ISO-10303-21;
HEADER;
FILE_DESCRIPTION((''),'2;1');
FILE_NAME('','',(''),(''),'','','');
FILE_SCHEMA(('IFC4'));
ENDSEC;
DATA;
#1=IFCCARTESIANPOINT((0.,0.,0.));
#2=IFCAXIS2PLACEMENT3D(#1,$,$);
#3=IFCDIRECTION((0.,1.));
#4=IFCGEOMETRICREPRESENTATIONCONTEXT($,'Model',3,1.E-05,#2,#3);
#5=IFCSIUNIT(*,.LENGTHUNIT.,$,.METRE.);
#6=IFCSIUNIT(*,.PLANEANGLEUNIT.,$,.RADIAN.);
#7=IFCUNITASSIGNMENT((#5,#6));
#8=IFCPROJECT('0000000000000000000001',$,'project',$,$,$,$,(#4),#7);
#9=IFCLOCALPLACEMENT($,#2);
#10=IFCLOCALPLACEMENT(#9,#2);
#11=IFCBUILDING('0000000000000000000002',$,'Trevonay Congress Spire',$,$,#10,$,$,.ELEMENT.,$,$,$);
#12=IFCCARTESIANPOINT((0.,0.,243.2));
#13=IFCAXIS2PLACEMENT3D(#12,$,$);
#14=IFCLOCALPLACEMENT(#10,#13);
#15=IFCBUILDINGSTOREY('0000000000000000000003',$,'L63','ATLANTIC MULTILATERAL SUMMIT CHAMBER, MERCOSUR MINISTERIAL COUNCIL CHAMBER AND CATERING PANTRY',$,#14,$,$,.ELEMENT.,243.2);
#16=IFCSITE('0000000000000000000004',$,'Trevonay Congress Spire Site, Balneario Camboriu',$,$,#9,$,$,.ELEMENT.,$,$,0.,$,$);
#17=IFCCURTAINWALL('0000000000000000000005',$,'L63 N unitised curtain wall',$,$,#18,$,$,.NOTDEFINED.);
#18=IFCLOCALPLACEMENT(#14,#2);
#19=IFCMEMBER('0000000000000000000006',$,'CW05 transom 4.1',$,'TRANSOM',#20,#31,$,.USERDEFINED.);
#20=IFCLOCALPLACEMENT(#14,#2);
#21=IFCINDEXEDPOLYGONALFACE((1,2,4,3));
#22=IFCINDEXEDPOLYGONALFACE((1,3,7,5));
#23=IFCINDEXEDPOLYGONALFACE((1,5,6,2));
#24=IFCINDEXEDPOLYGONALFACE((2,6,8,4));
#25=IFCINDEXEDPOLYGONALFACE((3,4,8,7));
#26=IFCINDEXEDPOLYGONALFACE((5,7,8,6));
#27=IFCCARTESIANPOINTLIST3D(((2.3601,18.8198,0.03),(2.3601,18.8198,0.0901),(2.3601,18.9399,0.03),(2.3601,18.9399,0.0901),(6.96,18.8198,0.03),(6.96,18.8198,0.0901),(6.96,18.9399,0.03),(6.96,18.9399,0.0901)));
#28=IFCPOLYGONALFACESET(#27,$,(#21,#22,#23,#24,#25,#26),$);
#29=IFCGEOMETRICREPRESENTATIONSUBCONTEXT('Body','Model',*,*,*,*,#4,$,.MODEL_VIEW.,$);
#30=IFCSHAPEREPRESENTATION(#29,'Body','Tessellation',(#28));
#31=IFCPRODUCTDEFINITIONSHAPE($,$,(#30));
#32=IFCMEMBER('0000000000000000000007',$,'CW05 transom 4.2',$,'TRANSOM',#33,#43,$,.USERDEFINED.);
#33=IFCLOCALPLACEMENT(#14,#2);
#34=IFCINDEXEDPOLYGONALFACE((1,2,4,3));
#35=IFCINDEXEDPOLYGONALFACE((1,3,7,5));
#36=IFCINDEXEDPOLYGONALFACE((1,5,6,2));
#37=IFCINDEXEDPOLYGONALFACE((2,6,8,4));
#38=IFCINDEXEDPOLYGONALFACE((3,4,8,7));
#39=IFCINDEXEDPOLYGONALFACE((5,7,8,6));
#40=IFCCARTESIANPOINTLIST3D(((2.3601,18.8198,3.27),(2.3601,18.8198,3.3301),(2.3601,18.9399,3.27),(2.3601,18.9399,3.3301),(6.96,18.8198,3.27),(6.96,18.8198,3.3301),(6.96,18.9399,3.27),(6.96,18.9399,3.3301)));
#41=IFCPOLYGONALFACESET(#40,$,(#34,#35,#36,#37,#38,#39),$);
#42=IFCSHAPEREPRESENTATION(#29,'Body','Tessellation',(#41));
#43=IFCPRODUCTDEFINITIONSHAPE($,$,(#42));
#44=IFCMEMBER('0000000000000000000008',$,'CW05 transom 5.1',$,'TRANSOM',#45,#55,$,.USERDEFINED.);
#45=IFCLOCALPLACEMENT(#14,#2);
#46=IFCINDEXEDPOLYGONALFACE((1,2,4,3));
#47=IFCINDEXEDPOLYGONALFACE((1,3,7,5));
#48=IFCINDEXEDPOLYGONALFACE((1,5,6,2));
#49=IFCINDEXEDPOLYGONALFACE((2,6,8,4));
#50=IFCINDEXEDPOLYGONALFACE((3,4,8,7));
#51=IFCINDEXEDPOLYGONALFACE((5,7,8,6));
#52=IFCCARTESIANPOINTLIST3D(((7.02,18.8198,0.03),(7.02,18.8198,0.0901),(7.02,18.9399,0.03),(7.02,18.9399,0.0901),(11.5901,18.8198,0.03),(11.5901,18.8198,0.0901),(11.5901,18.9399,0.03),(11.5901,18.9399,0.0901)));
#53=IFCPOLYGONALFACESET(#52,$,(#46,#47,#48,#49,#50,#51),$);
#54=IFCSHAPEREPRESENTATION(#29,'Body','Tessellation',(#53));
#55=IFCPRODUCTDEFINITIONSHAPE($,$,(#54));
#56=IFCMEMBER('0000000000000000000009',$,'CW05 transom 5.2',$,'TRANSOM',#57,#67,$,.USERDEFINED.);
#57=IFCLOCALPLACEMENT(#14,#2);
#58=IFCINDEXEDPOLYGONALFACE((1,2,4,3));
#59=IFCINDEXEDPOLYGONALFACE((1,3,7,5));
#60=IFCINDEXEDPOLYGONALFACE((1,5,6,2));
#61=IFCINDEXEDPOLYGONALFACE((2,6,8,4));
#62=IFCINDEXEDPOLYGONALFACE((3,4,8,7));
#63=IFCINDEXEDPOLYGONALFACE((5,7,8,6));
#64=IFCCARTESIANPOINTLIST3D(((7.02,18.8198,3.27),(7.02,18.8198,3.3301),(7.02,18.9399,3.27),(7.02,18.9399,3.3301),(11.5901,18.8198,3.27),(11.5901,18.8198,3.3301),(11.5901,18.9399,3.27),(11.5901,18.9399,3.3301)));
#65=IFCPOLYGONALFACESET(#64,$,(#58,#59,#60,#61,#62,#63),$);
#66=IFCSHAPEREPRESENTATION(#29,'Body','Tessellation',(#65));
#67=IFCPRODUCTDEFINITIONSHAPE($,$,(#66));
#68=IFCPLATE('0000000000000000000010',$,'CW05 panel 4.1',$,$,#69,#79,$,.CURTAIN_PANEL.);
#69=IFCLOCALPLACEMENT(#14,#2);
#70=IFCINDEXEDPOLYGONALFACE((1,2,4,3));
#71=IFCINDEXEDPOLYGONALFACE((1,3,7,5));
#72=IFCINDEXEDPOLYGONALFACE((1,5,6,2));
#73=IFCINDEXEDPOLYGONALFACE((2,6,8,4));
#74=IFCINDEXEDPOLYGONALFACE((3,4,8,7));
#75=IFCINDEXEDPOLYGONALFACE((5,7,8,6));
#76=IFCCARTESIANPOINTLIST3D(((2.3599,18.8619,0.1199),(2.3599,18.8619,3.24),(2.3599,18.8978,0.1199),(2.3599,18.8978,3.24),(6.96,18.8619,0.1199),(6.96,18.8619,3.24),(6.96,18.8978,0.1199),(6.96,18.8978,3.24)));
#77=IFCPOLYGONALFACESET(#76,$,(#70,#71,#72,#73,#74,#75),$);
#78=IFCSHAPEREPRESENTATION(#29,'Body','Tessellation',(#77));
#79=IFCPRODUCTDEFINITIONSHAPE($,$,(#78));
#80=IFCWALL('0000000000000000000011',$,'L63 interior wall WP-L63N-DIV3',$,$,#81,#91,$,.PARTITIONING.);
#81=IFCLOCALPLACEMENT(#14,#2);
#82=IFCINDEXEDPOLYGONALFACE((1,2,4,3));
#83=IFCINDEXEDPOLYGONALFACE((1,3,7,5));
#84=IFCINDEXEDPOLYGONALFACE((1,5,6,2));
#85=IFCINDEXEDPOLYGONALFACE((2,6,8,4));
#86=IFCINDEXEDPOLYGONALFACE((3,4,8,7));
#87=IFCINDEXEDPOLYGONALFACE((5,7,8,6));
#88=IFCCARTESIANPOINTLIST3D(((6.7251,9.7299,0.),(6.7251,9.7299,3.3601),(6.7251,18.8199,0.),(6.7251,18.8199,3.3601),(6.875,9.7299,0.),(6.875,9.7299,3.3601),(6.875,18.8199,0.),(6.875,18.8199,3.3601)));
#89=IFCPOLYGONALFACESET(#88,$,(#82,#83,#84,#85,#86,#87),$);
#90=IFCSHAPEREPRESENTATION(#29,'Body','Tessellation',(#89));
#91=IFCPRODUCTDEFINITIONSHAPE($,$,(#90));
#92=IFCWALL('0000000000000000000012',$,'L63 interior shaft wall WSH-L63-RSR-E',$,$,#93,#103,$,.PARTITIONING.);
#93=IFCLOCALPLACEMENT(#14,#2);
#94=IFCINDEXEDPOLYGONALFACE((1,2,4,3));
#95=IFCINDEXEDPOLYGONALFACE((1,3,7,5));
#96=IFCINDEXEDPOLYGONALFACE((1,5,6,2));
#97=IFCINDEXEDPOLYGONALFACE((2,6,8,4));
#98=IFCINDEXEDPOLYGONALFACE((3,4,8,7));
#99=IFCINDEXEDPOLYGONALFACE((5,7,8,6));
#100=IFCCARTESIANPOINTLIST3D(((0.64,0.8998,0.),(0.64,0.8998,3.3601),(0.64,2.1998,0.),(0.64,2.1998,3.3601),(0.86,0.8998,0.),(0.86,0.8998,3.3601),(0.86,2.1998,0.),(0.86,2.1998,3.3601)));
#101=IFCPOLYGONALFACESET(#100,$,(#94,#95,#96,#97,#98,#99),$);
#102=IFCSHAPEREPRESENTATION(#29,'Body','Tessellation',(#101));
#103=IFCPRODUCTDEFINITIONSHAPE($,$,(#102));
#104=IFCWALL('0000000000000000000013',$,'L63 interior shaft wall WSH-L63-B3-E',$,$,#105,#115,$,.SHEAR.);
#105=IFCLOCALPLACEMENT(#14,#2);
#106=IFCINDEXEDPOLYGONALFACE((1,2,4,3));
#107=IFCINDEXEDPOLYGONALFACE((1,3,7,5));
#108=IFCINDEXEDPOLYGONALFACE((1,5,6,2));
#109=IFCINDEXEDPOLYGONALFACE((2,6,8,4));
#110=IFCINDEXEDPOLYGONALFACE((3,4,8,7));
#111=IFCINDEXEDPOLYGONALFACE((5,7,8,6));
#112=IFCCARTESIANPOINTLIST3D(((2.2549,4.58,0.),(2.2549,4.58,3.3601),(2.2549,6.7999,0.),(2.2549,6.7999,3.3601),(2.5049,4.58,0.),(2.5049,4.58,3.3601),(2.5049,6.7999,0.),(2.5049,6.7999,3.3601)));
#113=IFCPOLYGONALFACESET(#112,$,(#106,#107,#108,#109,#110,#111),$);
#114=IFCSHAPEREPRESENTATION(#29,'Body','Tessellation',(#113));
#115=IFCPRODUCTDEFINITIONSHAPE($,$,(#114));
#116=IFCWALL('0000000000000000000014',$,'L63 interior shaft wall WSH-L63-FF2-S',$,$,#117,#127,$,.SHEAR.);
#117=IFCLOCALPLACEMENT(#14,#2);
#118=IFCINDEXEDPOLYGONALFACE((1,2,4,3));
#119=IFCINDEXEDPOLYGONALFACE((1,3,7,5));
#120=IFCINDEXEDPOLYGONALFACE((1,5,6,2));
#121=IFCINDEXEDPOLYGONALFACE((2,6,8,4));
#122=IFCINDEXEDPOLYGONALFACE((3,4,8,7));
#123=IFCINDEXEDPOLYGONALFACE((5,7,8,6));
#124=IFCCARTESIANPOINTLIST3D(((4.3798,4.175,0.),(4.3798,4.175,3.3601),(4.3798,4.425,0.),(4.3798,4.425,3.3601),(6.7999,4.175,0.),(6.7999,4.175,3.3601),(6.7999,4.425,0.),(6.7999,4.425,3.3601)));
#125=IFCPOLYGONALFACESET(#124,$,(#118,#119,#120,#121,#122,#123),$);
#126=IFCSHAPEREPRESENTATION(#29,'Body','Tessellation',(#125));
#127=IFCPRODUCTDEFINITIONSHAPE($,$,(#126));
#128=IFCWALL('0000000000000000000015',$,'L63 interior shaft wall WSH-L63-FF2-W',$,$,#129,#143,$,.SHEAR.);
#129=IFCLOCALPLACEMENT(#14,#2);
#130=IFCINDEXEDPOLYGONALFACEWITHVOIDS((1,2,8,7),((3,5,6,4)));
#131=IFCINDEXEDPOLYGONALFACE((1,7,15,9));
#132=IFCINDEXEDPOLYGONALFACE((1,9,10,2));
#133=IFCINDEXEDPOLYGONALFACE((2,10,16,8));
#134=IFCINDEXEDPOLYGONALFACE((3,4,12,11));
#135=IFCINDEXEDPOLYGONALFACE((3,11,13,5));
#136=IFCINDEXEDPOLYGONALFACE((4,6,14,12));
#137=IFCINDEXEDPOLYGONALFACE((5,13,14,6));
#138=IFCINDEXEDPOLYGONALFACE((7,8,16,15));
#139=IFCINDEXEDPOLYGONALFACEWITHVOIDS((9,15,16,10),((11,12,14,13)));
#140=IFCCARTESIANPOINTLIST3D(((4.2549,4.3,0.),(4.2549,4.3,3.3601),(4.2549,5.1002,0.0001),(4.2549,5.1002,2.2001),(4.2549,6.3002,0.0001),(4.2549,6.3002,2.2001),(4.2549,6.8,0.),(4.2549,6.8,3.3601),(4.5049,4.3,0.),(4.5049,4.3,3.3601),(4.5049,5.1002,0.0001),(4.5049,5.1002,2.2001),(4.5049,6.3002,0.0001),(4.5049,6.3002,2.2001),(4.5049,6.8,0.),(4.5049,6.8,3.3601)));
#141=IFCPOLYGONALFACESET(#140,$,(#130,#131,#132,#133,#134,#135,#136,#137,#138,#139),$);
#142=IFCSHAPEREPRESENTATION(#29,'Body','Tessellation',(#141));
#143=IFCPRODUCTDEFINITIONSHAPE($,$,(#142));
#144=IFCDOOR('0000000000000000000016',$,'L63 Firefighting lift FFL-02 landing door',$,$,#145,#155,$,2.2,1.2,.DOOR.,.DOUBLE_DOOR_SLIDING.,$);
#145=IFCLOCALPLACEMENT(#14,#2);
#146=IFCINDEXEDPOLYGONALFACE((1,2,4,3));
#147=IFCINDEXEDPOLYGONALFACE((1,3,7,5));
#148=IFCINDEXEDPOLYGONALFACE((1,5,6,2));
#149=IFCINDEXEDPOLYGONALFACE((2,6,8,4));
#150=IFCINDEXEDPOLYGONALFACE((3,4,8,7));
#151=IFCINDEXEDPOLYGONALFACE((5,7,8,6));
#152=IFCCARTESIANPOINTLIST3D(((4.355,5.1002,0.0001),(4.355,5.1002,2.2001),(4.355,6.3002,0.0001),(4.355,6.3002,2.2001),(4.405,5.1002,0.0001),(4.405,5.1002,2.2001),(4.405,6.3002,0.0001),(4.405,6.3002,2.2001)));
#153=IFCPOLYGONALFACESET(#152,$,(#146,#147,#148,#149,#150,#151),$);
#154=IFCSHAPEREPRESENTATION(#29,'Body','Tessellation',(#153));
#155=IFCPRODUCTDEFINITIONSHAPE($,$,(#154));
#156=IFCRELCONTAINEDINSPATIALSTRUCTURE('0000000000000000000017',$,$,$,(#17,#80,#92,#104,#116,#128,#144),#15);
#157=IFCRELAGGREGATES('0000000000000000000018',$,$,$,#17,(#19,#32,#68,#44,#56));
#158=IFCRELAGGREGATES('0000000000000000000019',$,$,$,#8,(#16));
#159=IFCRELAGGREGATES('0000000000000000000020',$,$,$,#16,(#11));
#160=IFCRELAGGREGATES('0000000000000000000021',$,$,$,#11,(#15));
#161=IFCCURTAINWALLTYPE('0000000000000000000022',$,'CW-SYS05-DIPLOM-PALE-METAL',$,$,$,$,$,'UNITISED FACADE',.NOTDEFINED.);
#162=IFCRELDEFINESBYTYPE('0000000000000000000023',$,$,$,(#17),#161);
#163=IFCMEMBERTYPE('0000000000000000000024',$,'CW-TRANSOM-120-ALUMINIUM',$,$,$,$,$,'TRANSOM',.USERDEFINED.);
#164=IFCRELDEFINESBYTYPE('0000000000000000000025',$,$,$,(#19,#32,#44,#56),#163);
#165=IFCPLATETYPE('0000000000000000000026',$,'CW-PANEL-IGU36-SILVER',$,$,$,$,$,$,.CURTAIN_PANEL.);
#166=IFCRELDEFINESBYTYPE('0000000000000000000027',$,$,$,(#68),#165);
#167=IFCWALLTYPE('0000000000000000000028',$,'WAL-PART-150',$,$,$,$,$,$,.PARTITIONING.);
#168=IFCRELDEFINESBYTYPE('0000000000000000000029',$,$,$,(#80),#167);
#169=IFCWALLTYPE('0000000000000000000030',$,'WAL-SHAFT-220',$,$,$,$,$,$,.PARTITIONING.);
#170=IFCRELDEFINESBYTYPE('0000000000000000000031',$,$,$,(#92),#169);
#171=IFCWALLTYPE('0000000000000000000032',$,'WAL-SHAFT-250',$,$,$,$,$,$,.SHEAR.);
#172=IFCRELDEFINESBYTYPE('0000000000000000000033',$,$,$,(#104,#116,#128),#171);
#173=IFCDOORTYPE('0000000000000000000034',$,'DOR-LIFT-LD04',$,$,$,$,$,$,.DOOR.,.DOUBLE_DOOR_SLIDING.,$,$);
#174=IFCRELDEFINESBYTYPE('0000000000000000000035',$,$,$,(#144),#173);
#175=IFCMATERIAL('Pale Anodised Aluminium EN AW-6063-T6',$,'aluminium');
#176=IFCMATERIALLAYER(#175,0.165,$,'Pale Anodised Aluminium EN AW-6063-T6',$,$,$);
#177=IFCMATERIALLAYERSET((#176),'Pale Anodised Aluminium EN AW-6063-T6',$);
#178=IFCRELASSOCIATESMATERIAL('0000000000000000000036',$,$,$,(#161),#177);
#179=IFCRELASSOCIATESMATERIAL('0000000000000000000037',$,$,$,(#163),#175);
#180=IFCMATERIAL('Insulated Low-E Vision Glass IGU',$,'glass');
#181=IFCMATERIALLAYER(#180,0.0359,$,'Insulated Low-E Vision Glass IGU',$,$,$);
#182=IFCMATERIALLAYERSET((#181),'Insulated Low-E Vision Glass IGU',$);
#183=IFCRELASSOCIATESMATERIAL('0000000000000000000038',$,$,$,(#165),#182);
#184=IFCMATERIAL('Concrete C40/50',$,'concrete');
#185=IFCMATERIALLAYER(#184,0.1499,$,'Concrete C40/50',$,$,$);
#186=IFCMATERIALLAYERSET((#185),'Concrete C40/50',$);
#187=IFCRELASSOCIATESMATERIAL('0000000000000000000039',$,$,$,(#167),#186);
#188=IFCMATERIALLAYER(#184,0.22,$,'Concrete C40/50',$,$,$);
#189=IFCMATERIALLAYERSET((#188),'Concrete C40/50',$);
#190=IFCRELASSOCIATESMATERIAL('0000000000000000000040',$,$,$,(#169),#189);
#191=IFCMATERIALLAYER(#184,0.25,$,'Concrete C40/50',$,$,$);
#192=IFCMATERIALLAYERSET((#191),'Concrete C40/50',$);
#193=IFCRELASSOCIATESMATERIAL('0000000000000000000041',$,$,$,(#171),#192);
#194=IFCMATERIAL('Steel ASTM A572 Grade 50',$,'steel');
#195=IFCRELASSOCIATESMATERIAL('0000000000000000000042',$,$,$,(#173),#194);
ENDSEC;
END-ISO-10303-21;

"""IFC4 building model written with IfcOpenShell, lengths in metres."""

from ifc_helpers import new_model, si_unit, direction, frame, frame_2d, origin, origin_2d, place, context, subcontext, project, spatial, rectangle, extrude, material, layer, layer_set, material_profile, profile_set, type_object, element, fill, aggregate, save


model = new_model("IFC4")

# Units and contexts
model_context = context("Model", 3, precision=1e-05, world=origin(), true_north=direction((0.0, 1.0)))
body_context = subcontext(model_context, "Body", "Model", "MODEL_VIEW")
ifc_project = project(units=[si_unit("LENGTHUNIT", "METRE"), si_unit("PLANEANGLEUNIT", "RADIAN")], contexts=[model_context])

# Site, building, storey
site_placement = place(None, origin())
site = spatial("IfcSite", under=ifc_project, at=site_placement, Name="Trevonay Congress Spire Site, Balneario Camboriu", CompositionType="ELEMENT", RefElevation=0.0)
building_placement = place(site_placement, origin())
building = spatial("IfcBuilding", under=site, at=building_placement, Name="Trevonay Congress Spire", CompositionType="ELEMENT")
storey_placement = place(building_placement, frame((0.0, 0.0, 243.2)))
storey = spatial("IfcBuildingStorey", under=building, at=storey_placement, Name="L63", Description="ATLANTIC MULTILATERAL SUMMIT CHAMBER, MERCOSUR MINISTERIAL COUNCIL CHAMBER AND CATERING PANTRY", CompositionType="ELEMENT", Elevation=243.2)

# Shared definitions
ifc_material_1 = material(Name="Steel ASTM A572 Grade 50", Category="steel")

# Curtain wall, members, plate
ifc_material_2 = material(Name="Pale Anodised Aluminium EN AW-6063-T6", Category="aluminium")
ifc_layer_1 = layer(ifc_material_2, 0.165, Name="Pale Anodised Aluminium EN AW-6063-T6")
ifc_layer_set_1 = layer_set([ifc_layer_1], Name="Pale Anodised Aluminium EN AW-6063-T6")
curtain_wall_type = type_object("IfcCurtainWallType", Name="CW-SYS05-DIPLOM-PALE-METAL", ElementType="UNITISED FACADE", PredefinedType="NOTDEFINED", material=ifc_layer_set_1)
curtain_wall_placement = place(storey_placement, origin())
curtain_wall = element("IfcCurtainWall", 1, at=curtain_wall_placement, inside=storey, type_object=curtain_wall_type, Name="L63 N unitised curtain wall", PredefinedType="NOTDEFINED")
ifc_material_profile_1 = material_profile(ifc_material_2, rectangle(XDim=0.1201, YDim=0.0601, at=origin_2d()), Name="CW-TRANSOM-120-ALUMINIUM")
ifc_profile_set_1 = profile_set([ifc_material_profile_1], Name="Pale Anodised Aluminium EN AW-6063-T6")
member_type_1 = type_object("IfcMemberType", Name="CW-TRANSOM-120-ALUMINIUM", ElementType="TRANSOM", PredefinedType="USERDEFINED", material=ifc_profile_set_1)
member_1_placement = place(storey_placement, frame((2.3601, 18.8799, 0.0601), z_axis=(1.0, 0.0, 0.0), x_axis=(0.0, 1.0, 0.0)))
member_1 = element("IfcMember", 2, at=member_1_placement, type_object=member_type_1, Name="CW05 transom 4.1", ObjectType="TRANSOM", PredefinedType="USERDEFINED", context=body_context, shape_type="SweptSolid", body=[
    extrude(rectangle(XDim=0.1201, YDim=0.0601, at=origin_2d()), origin(), (0.0, 0.0, 1.0), 4.5999),
])
member_2_placement = place(storey_placement, frame((2.3601, 18.8799, 3.3), z_axis=(1.0, 0.0, 0.0), x_axis=(0.0, 1.0, 0.0)))
member_2 = element("IfcMember", 3, at=member_2_placement, type_object=member_type_1, Name="CW05 transom 4.2", ObjectType="TRANSOM", PredefinedType="USERDEFINED", context=body_context, shape_type="SweptSolid", body=[
    extrude(rectangle(XDim=0.1201, YDim=0.0601, at=origin_2d()), origin(), (0.0, 0.0, 1.0), 4.5999),
])
member_3_placement = place(storey_placement, frame((7.02, 18.8799, 0.0601), z_axis=(1.0, 0.0, 0.0), x_axis=(0.0, 1.0, 0.0)))
member_3 = element("IfcMember", 4, at=member_3_placement, type_object=member_type_1, Name="CW05 transom 5.1", ObjectType="TRANSOM", PredefinedType="USERDEFINED", context=body_context, shape_type="SweptSolid", body=[
    extrude(rectangle(XDim=0.1201, YDim=0.0601, at=origin_2d()), origin(), (0.0, 0.0, 1.0), 4.5701),
])
member_4_placement = place(storey_placement, frame((7.02, 18.8799, 3.3), z_axis=(1.0, 0.0, 0.0), x_axis=(0.0, 1.0, 0.0)))
member_4 = element("IfcMember", 5, at=member_4_placement, type_object=member_type_1, Name="CW05 transom 5.2", ObjectType="TRANSOM", PredefinedType="USERDEFINED", context=body_context, shape_type="SweptSolid", body=[
    extrude(rectangle(XDim=0.1201, YDim=0.0601, at=origin_2d()), origin(), (0.0, 0.0, 1.0), 4.5701),
])
ifc_material_3 = material(Name="Insulated Low-E Vision Glass IGU", Category="glass")
ifc_layer_2 = layer(ifc_material_3, 0.0359, Name="Insulated Low-E Vision Glass IGU")
ifc_layer_set_2 = layer_set([ifc_layer_2], Name="Insulated Low-E Vision Glass IGU")
plate_type = type_object("IfcPlateType", Name="CW-PANEL-IGU36-SILVER", PredefinedType="CURTAIN_PANEL", material=ifc_layer_set_2)
plate_placement = place(storey_placement, frame((4.6599, 18.8799, 0.1199), z_axis=(0.0, 0.0, 1.0), x_axis=(1.0, 0.0, 0.0)))
plate = element("IfcPlate", 6, at=plate_placement, type_object=plate_type, Name="CW05 panel 4.1", PredefinedType="CURTAIN_PANEL", context=body_context, shape_type="SweptSolid", body=[
    extrude(rectangle(XDim=4.6001, YDim=0.0359, at=origin_2d()), origin(), (0.0, 0.0, 1.0), 3.1201),
])
aggregate(curtain_wall, [member_1, member_2, plate, member_3, member_4])

# Walls
ifc_material_4 = material(Name="Concrete C40/50", Category="concrete")
ifc_layer_3 = layer(ifc_material_4, 0.1499, Name="Concrete C40/50")
ifc_layer_set_3 = layer_set([ifc_layer_3], Name="Concrete C40/50")
wall_type_1 = type_object("IfcWallType", Name="WAL-PART-150", PredefinedType="PARTITIONING", material=ifc_layer_set_3)
wall_1_placement = place(storey_placement, frame((6.8, 9.73, 0.0), z_axis=(0.0, 0.0, 1.0), x_axis=(0.0, 1.0, 0.0)))
element("IfcWall", 7, at=wall_1_placement, inside=storey, type_object=wall_type_1, Name="L63 interior wall WP-L63N-DIV3", PredefinedType="PARTITIONING", context=body_context, shape_type="SweptSolid", body=[
    extrude(rectangle(XDim=9.0901, YDim=0.1499, at=frame_2d((4.5449, 0.0))), origin(), (0.0, 0.0, 1.0), 3.3601),
])
ifc_layer_4 = layer(ifc_material_4, 0.22, Name="Concrete C40/50")
ifc_layer_set_4 = layer_set([ifc_layer_4], Name="Concrete C40/50")
wall_type_2 = type_object("IfcWallType", Name="WAL-SHAFT-220", PredefinedType="PARTITIONING", material=ifc_layer_set_4)
wall_2_placement = place(storey_placement, frame((0.75, 0.8999, 0.0), z_axis=(0.0, 0.0, 1.0), x_axis=(0.0, 1.0, 0.0)))
element("IfcWall", 8, at=wall_2_placement, inside=storey, type_object=wall_type_2, Name="L63 interior shaft wall WSH-L63-RSR-E", PredefinedType="PARTITIONING", context=body_context, shape_type="SweptSolid", body=[
    extrude(rectangle(XDim=1.3, YDim=0.22, at=frame_2d((0.6499, 0.0))), origin(), (0.0, 0.0, 1.0), 3.3601),
])
ifc_layer_5 = layer(ifc_material_4, 0.25, Name="Concrete C40/50")
ifc_layer_set_5 = layer_set([ifc_layer_5], Name="Concrete C40/50")
wall_type_3 = type_object("IfcWallType", Name="WAL-SHAFT-250", PredefinedType="SHEAR", material=ifc_layer_set_5)
wall_3_placement = place(storey_placement, frame((2.3799, 4.5801, 0.0), z_axis=(0.0, 0.0, 1.0), x_axis=(0.0, 1.0, 0.0)))
element("IfcWall", 9, at=wall_3_placement, inside=storey, type_object=wall_type_3, Name="L63 interior shaft wall WSH-L63-B3-E", PredefinedType="SHEAR", context=body_context, shape_type="SweptSolid", body=[
    extrude(rectangle(XDim=2.22, YDim=0.25, at=frame_2d((1.1099, 0.0))), origin(), (0.0, 0.0, 1.0), 3.3601),
])
wall_4_placement = place(storey_placement, frame((4.3799, 4.3, 0.0), z_axis=(0.0, 0.0, 1.0), x_axis=(1.0, 0.0, 0.0)))
element("IfcWall", 10, at=wall_4_placement, inside=storey, type_object=wall_type_3, Name="L63 interior shaft wall WSH-L63-FF2-S", PredefinedType="SHEAR", context=body_context, shape_type="SweptSolid", body=[
    extrude(rectangle(XDim=2.4202, YDim=0.25, at=frame_2d((1.21, 0.0))), origin(), (0.0, 0.0, 1.0), 3.3601),
])

# Wall, opening, door
wall_5_placement = place(storey_placement, frame((4.3799, 4.3, 0.0), z_axis=(0.0, 0.0, 1.0), x_axis=(0.0, 1.0, 0.0)))
wall_5 = element("IfcWall", 11, at=wall_5_placement, inside=storey, type_object=wall_type_3, Name="L63 interior shaft wall WSH-L63-FF2-W", PredefinedType="SHEAR", context=body_context, shape_type="SweptSolid", body=[
    extrude(rectangle(XDim=2.5, YDim=0.25, at=frame_2d((1.25, 0.0))), origin(), (0.0, 0.0, 1.0), 3.3601),
])
opening_1_placement = place(wall_5_placement, frame((0.8, 0.0, 0.0)))
opening_1 = element("IfcOpeningElement", 12, at=opening_1_placement, cuts=wall_5, PredefinedType="OPENING", context=body_context, shape_type="SweptSolid", body=[
    extrude(rectangle(XDim=1.2, YDim=2.2, at=frame_2d((0.6001, 1.1001))), frame((0.0, 0.135, 0.0), z_axis=(0.0, -1.0, 0.0), x_axis=(1.0, 0.0, 0.0)), (0.0, 0.0, 1.0), 0.27),
])
door_type_1 = type_object("IfcDoorType", Name="DOR-LIFT-LD04", OperationType="DOUBLE_DOOR_SLIDING", PredefinedType="DOOR", material=ifc_material_1)
door_1_placement = place(opening_1_placement, origin())
door_1 = element("IfcDoor", 13, at=door_1_placement, inside=storey, type_object=door_type_1, Name="L63 Firefighting lift FFL-02 landing door", OperationType="DOUBLE_DOOR_SLIDING", OverallHeight=2.2, OverallWidth=1.2, PredefinedType="DOOR", context=body_context, shape_type="SweptSolid", body=[
    extrude(rectangle(XDim=1.2, YDim=2.2, at=frame_2d((0.6001, 1.1001))), frame((0.0, 0.0249, 0.0), z_axis=(0.0, -1.0, 0.0), x_axis=(1.0, 0.0, 0.0)), (0.0, 0.0, 1.0), 0.05),
])
fill(opening_1, door_1)

save(model, "model.ifc")
